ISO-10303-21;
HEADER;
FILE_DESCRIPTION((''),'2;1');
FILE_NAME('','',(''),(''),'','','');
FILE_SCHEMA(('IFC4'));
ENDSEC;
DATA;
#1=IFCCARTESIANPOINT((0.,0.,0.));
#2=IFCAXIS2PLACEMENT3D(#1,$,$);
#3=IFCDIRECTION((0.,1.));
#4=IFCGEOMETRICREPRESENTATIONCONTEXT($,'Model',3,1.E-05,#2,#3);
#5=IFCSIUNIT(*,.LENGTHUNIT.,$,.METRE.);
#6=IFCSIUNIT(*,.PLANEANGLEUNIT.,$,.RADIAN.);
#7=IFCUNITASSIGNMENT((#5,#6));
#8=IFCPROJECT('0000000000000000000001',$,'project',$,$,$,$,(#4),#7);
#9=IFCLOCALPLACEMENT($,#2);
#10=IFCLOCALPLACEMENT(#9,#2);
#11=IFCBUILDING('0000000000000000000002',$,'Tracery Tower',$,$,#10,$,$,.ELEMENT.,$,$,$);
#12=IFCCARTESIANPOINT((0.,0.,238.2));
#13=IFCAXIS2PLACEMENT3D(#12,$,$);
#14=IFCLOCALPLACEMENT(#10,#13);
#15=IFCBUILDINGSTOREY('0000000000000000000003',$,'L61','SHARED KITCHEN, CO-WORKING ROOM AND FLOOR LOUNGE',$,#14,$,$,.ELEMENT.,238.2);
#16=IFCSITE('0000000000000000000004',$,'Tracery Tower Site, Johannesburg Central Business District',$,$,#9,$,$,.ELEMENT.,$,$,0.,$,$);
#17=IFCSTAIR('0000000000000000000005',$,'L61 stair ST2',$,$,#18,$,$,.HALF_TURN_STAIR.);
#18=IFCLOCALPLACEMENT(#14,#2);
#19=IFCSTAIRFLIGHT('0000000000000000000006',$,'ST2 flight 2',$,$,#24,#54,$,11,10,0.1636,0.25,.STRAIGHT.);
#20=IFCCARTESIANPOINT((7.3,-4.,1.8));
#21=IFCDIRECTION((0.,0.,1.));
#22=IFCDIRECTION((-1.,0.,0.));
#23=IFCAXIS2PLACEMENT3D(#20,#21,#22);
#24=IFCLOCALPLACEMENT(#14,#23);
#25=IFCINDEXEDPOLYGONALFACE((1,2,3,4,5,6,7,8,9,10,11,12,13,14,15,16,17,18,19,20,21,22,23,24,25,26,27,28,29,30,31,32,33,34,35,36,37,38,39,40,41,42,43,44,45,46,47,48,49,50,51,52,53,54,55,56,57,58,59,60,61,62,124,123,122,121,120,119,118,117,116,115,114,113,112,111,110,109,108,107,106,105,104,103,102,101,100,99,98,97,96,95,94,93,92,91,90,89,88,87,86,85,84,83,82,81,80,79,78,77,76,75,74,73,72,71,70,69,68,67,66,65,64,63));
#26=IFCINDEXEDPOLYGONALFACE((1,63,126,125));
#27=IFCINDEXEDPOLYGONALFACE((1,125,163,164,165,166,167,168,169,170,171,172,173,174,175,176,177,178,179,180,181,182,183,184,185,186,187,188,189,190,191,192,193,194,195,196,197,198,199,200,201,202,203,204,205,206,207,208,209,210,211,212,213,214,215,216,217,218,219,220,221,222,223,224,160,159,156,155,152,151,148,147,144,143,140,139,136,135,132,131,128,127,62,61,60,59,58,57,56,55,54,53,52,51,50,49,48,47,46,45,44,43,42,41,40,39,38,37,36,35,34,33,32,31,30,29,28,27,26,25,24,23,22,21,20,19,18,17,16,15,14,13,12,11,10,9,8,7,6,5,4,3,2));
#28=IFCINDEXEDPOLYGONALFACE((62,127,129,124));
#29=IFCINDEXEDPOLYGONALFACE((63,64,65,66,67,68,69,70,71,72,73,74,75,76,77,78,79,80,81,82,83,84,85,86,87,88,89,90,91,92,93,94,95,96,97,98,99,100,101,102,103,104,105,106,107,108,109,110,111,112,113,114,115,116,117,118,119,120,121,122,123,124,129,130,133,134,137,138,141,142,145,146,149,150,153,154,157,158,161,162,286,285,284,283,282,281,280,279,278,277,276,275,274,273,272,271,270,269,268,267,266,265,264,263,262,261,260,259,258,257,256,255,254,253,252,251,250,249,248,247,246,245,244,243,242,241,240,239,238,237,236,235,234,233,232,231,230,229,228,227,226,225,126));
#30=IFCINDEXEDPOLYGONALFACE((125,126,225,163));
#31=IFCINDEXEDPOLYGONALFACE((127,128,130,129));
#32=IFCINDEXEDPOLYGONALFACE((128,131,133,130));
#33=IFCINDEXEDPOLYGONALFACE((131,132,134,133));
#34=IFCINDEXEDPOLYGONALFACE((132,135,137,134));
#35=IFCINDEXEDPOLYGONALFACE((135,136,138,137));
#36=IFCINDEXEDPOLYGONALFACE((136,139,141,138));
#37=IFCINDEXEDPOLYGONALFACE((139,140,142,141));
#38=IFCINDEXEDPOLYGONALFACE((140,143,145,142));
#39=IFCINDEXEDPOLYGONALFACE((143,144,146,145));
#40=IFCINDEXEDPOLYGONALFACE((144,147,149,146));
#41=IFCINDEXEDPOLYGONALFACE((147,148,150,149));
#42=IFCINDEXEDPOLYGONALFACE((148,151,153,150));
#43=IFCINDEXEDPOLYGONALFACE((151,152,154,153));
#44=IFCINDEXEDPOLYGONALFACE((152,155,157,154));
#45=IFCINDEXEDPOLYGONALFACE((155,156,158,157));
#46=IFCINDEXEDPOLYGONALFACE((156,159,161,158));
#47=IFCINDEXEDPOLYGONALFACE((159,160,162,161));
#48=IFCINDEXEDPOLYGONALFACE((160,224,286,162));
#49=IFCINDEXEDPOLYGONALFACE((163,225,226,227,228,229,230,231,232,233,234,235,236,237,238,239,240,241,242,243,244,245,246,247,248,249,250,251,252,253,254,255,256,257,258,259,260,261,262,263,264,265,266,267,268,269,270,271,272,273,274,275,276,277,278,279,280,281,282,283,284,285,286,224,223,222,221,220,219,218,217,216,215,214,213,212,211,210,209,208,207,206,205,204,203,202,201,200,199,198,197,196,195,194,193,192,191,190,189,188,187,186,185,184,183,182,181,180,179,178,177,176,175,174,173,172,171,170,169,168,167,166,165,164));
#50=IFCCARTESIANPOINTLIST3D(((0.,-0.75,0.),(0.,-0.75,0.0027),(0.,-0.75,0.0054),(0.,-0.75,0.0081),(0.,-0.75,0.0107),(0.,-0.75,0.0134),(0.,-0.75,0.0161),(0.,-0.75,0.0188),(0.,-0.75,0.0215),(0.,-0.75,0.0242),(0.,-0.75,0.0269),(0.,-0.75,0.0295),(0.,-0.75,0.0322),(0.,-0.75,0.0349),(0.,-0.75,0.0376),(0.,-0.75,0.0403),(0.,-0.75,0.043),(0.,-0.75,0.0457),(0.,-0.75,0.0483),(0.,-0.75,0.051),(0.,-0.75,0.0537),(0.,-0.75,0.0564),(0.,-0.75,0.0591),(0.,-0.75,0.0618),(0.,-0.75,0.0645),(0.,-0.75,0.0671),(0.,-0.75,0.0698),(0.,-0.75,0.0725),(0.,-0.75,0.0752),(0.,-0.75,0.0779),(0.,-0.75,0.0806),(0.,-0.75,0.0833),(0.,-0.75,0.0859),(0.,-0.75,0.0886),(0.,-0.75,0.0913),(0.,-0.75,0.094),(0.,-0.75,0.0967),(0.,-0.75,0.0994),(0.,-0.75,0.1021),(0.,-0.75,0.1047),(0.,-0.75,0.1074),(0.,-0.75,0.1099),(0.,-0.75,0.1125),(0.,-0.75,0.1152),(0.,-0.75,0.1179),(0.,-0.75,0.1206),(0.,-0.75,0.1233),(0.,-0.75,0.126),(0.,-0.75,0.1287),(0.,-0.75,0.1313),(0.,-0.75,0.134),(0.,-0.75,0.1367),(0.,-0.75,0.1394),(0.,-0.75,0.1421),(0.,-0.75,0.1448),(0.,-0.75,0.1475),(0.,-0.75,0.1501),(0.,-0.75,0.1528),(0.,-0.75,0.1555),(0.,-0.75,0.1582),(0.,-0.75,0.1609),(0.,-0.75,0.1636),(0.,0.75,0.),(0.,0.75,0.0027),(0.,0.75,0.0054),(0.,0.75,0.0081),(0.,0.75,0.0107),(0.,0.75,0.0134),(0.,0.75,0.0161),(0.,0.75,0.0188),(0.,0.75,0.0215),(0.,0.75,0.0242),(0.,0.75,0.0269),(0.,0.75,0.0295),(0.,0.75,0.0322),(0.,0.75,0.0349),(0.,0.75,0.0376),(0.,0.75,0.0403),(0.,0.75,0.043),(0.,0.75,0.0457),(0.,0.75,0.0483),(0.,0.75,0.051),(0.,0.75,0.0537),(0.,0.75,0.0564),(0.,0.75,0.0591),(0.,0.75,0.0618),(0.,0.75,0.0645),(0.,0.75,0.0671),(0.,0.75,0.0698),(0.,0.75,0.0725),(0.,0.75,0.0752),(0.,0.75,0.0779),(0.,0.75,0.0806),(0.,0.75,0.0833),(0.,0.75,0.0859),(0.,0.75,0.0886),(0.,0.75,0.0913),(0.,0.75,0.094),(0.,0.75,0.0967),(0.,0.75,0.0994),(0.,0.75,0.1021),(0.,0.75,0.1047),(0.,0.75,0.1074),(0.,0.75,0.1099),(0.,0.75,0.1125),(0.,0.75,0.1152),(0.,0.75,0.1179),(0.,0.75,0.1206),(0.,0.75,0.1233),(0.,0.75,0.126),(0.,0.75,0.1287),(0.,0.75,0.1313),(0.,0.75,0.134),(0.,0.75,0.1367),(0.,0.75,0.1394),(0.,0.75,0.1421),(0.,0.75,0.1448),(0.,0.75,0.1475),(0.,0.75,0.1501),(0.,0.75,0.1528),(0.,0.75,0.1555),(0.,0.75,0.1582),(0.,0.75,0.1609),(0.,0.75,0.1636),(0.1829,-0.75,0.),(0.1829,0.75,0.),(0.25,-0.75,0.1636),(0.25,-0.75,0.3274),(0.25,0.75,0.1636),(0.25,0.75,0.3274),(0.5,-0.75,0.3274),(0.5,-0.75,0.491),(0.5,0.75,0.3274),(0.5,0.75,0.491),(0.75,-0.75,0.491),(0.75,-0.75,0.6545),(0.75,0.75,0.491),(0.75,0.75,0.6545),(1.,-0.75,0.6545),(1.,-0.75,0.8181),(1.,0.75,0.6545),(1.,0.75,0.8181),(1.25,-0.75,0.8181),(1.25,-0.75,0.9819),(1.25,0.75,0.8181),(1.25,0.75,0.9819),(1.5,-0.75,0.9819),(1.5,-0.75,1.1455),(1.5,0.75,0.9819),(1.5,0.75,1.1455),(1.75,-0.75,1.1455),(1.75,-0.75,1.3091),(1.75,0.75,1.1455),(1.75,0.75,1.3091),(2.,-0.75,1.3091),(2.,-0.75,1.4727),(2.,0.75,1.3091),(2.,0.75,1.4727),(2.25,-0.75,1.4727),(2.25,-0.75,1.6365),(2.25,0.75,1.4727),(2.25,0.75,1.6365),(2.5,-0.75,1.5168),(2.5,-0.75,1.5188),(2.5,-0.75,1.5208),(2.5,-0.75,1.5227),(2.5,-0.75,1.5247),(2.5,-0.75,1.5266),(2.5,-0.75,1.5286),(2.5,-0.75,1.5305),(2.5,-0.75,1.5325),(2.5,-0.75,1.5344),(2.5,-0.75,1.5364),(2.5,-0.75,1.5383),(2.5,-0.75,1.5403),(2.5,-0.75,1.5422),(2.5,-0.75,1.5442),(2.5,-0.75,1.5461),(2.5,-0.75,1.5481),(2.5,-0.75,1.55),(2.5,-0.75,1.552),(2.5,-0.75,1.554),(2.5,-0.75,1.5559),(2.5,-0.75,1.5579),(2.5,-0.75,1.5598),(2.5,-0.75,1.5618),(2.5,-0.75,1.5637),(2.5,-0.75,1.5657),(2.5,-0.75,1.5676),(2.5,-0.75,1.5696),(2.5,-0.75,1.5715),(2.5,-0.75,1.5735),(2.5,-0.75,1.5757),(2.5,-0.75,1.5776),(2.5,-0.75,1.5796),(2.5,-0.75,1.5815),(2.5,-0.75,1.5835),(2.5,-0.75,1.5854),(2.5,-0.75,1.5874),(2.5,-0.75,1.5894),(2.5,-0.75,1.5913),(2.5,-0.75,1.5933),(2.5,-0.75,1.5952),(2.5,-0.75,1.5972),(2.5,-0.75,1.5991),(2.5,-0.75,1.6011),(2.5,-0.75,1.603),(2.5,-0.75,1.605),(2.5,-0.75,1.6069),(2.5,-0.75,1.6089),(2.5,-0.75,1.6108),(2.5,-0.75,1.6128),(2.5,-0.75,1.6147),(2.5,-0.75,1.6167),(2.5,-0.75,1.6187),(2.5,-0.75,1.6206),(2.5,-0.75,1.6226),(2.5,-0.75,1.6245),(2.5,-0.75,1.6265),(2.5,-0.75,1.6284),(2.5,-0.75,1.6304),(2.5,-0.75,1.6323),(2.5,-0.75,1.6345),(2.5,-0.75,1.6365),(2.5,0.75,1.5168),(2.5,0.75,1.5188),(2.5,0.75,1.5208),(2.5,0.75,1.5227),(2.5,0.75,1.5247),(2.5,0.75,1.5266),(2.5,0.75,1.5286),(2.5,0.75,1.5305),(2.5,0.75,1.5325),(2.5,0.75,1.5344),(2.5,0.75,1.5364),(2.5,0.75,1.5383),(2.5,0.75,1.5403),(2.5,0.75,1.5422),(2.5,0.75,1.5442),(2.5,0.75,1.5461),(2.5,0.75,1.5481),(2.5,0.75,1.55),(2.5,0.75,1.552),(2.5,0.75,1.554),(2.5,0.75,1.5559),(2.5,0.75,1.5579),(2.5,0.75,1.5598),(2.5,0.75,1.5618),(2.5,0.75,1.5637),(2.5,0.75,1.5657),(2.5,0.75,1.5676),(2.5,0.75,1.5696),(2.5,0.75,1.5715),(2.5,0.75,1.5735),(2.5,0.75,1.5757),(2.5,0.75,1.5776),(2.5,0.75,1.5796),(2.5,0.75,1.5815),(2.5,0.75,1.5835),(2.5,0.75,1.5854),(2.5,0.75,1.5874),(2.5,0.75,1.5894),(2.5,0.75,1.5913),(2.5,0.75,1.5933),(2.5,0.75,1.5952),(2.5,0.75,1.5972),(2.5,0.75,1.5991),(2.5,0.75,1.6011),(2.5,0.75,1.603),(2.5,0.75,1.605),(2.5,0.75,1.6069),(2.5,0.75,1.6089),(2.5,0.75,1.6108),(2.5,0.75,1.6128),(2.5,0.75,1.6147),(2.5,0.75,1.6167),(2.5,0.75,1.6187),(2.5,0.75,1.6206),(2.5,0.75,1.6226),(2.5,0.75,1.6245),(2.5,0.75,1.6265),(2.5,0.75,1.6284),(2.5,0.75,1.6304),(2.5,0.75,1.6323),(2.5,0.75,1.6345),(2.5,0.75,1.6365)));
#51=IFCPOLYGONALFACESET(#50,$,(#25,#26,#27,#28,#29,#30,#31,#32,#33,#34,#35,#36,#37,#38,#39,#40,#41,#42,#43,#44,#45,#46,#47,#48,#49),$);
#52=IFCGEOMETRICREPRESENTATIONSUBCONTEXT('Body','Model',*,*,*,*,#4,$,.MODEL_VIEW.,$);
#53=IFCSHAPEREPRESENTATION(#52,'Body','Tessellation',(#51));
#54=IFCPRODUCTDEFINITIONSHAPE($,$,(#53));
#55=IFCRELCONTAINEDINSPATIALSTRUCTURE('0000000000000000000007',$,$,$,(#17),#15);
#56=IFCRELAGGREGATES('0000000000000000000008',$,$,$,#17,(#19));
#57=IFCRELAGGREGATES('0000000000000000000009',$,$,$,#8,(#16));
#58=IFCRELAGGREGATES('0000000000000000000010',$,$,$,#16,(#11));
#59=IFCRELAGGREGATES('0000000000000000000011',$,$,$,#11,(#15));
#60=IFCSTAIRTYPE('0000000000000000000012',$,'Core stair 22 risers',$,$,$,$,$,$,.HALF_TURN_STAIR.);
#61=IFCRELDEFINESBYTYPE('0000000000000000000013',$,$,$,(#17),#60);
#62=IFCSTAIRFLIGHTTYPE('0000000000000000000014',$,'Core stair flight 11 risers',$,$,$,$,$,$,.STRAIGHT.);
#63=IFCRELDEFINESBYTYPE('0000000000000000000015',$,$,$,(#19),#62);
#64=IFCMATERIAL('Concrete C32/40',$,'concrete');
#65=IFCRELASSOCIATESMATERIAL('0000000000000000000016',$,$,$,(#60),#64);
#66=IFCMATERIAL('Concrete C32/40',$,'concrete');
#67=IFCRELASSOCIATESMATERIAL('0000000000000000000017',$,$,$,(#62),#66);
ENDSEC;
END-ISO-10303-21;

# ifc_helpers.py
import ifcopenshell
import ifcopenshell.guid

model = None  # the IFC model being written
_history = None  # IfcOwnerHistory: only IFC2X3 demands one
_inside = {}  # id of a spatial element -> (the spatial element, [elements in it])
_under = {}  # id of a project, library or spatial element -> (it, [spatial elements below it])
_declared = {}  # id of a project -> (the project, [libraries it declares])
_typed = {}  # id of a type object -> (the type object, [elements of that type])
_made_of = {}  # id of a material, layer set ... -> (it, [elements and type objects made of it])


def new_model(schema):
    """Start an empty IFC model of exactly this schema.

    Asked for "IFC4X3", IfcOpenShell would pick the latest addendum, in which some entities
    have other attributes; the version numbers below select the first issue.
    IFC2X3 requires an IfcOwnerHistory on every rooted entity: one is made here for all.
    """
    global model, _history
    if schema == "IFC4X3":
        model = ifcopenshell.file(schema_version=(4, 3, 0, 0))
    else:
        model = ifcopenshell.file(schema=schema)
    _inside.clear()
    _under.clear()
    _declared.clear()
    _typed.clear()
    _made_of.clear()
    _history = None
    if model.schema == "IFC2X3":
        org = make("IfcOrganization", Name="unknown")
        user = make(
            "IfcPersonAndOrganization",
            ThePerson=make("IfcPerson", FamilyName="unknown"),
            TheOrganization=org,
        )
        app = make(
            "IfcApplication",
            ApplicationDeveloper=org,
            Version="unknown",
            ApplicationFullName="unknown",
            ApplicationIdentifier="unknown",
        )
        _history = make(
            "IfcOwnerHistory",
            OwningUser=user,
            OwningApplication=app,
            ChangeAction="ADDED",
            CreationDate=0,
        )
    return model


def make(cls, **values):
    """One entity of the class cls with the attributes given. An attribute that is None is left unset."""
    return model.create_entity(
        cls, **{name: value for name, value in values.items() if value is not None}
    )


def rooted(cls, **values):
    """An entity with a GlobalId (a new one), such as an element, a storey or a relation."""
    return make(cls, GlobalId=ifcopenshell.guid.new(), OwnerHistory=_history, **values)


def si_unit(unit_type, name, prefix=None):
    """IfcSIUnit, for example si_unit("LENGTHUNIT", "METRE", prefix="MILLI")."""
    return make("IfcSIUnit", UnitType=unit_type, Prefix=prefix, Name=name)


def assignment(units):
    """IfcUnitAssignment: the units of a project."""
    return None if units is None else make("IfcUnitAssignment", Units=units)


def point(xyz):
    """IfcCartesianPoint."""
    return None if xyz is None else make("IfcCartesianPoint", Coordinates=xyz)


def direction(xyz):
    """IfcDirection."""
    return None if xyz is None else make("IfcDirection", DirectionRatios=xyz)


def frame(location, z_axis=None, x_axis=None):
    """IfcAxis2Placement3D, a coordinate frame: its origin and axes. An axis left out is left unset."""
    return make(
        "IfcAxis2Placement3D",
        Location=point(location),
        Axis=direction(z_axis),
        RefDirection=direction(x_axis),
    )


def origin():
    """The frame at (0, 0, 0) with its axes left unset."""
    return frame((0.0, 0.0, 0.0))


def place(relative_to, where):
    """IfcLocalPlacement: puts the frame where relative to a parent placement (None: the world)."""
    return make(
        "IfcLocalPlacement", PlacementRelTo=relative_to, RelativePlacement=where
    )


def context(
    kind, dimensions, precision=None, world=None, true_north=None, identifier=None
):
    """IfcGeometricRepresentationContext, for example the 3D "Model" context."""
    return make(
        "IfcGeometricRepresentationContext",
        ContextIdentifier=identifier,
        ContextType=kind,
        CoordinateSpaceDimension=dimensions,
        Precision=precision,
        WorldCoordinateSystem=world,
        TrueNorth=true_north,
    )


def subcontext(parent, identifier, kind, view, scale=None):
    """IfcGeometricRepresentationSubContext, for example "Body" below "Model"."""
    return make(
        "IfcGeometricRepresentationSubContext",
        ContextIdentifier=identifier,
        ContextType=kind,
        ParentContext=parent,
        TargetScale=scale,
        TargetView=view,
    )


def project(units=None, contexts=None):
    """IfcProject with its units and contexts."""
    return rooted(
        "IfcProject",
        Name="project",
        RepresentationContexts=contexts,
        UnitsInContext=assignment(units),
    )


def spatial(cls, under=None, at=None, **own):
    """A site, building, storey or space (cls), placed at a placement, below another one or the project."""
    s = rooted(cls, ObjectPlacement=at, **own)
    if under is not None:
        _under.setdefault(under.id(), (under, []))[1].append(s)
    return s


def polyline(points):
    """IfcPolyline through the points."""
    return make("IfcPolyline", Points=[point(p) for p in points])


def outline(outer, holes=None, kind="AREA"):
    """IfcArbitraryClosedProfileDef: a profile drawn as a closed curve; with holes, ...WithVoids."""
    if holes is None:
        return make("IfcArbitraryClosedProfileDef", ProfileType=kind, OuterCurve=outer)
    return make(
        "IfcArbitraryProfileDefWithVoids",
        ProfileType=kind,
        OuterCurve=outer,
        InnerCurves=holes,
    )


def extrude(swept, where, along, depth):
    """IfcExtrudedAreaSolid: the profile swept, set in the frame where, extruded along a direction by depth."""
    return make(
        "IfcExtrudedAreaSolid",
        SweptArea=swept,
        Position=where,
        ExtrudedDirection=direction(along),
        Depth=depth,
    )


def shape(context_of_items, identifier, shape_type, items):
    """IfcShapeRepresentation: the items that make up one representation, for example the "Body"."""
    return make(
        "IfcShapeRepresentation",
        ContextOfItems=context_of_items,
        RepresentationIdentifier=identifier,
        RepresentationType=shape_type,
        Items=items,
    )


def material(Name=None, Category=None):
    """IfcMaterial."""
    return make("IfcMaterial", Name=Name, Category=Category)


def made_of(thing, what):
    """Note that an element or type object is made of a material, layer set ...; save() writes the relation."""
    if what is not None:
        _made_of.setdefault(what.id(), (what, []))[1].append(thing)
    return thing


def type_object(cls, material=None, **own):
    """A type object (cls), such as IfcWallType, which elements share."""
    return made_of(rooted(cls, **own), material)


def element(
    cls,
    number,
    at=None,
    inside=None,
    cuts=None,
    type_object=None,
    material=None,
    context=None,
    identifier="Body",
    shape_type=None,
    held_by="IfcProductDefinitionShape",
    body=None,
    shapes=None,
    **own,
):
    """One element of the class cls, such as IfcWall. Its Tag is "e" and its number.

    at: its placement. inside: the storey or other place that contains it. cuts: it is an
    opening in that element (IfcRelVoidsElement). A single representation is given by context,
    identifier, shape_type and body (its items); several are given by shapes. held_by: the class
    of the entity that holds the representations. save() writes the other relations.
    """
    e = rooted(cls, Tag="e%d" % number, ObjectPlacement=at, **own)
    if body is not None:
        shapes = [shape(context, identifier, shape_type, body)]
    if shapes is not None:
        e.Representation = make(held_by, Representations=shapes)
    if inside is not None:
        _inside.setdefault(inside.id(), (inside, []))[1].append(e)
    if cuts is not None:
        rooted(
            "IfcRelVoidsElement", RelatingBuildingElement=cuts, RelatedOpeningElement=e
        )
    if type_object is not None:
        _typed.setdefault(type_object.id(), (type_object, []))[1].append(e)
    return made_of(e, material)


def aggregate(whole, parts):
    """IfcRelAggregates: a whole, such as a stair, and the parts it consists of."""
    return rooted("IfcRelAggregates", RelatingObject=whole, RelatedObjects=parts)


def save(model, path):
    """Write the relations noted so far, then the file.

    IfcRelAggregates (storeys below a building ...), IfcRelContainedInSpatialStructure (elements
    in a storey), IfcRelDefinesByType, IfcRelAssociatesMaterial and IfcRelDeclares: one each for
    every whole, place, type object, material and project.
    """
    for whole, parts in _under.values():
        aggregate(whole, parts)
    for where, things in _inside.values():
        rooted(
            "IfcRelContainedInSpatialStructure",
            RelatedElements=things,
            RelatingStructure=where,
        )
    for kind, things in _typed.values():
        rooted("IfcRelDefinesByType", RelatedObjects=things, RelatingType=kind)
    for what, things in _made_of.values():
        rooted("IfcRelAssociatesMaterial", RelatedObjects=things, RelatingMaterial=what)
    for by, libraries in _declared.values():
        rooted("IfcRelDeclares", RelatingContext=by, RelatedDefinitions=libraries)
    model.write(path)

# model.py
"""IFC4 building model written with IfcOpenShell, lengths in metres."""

from ifc_helpers import new_model, si_unit, direction, frame, origin, place, context, subcontext, project, spatial, polyline, outline, extrude, material, type_object, element, aggregate, save


model = new_model("IFC4")

# Units and contexts
model_context = context("Model", 3, precision=1e-05, world=origin(), true_north=direction((0.0, 1.0)))
body_context = subcontext(model_context, "Body", "Model", "MODEL_VIEW")
ifc_project = project(units=[si_unit("LENGTHUNIT", "METRE"), si_unit("PLANEANGLEUNIT", "RADIAN")], contexts=[model_context])

# Site, building, storey
site_placement = place(None, origin())
site = spatial("IfcSite", under=ifc_project, at=site_placement, Name="Tracery Tower Site, Johannesburg Central Business District", CompositionType="ELEMENT", RefElevation=0.0)
building_placement = place(site_placement, origin())
building = spatial("IfcBuilding", under=site, at=building_placement, Name="Tracery Tower", CompositionType="ELEMENT")
storey_placement = place(building_placement, frame((0.0, 0.0, 238.2)))
storey = spatial("IfcBuildingStorey", under=building, at=storey_placement, Name="L61", Description="SHARED KITCHEN, CO-WORKING ROOM AND FLOOR LOUNGE", CompositionType="ELEMENT", Elevation=238.2)

# Stair, stair flight
ifc_material_1 = material(Name="Concrete C32/40", Category="concrete")
stair_type = type_object("IfcStairType", Name="Core stair 22 risers", PredefinedType="HALF_TURN_STAIR", material=ifc_material_1)
stair_placement = place(storey_placement, origin())
stair = element("IfcStair", 1, at=stair_placement, inside=storey, type_object=stair_type, Name="L61 stair ST2", PredefinedType="HALF_TURN_STAIR")
ifc_material_2 = material(Name="Concrete C32/40", Category="concrete")
stair_flight_type = type_object("IfcStairFlightType", Name="Core stair flight 11 risers", PredefinedType="STRAIGHT", material=ifc_material_2)
stair_flight_placement = place(storey_placement, frame((7.3, -4.0, 1.8), z_axis=(0.0, 0.0, 1.0), x_axis=(-1.0, 0.0, 0.0)))
stair_flight = element("IfcStairFlight", 2, at=stair_flight_placement, type_object=stair_flight_type, Name="ST2 flight 2", NumberOfRisers=11, NumberOfTreads=10, PredefinedType="STRAIGHT", RiserHeight=0.1636, TreadLength=0.25, context=body_context, shape_type="SweptSolid", body=[
    extrude(outline(polyline([(0.0, 0.0), (0.0, 0.0027), (0.0, 0.0054), (0.0, 0.0081), (0.0, 0.0107), (0.0, 0.0134), (0.0, 0.0161), (0.0, 0.0188), (0.0, 0.0215), (0.0, 0.0242), (0.0, 0.0269), (0.0, 0.0295), (0.0, 0.0322), (0.0, 0.0349), (0.0, 0.0376), (0.0, 0.0403), (0.0, 0.043), (0.0, 0.0457), (0.0, 0.0483), (0.0, 0.051), (0.0, 0.0537), (0.0, 0.0564), (0.0, 0.0591), (0.0, 0.0618), (0.0, 0.0645), (0.0, 0.0671), (0.0, 0.0698), (0.0, 0.0725), (0.0, 0.0752), (0.0, 0.0779), (0.0, 0.0806), (0.0, 0.0833), (0.0, 0.0859), (0.0, 0.0886), (0.0, 0.0913), (0.0, 0.094), (0.0, 0.0967), (0.0, 0.0994), (0.0, 0.1021), (0.0, 0.1047), (0.0, 0.1074), (0.0, 0.1099), (0.0, 0.1125), (0.0, 0.1152), (0.0, 0.1179), (0.0, 0.1206), (0.0, 0.1233), (0.0, 0.126), (0.0, 0.1287), (0.0, 0.1313), (0.0, 0.134), (0.0, 0.1367), (0.0, 0.1394), (0.0, 0.1421), (0.0, 0.1448), (0.0, 0.1475), (0.0, 0.1501), (0.0, 0.1528), (0.0, 0.1555), (0.0, 0.1582), (0.0, 0.1609), (0.0, 0.1636), (0.25, 0.1636), (0.25, 0.3274), (0.5, 0.3274), (0.5, 0.491), (0.75, 0.491), (0.75, 0.6545), (1.0, 0.6545), (1.0, 0.8181), (1.25, 0.8181), (1.25, 0.9819), (1.5, 0.9819), (1.5, 1.1455), (1.75, 1.1455), (1.75, 1.3091), (2.0, 1.3091), (2.0, 1.4727), (2.25, 1.4727), (2.25, 1.6365), (2.5, 1.6365), (2.5, 1.6345), (2.5, 1.6323), (2.5, 1.6304), (2.5, 1.6284), (2.5, 1.6265), (2.5, 1.6245), (2.5, 1.6226), (2.5, 1.6206), (2.5, 1.6187), (2.5, 1.6167), (2.5, 1.6147), (2.5, 1.6128), (2.5, 1.6108), (2.5, 1.6089), (2.5, 1.6069), (2.5, 1.605), (2.5, 1.603), (2.5, 1.6011), (2.5, 1.5991), (2.5, 1.5972), (2.5, 1.5952), (2.5, 1.5933), (2.5, 1.5913), (2.5, 1.5894), (2.5, 1.5874), (2.5, 1.5854), (2.5, 1.5835), (2.5, 1.5815), (2.5, 1.5796), (2.5, 1.5776), (2.5, 1.5757), (2.5, 1.5735), (2.5, 1.5715), (2.5, 1.5696), (2.5, 1.5676), (2.5, 1.5657), (2.5, 1.5637), (2.5, 1.5618), (2.5, 1.5598), (2.5, 1.5579), (2.5, 1.5559), (2.5, 1.554), (2.5, 1.552), (2.5, 1.55), (2.5, 1.5481), (2.5, 1.5461), (2.5, 1.5442), (2.5, 1.5422), (2.5, 1.5403), (2.5, 1.5383), (2.5, 1.5364), (2.5, 1.5344), (2.5, 1.5325), (2.5, 1.5305), (2.5, 1.5286), (2.5, 1.5266), (2.5, 1.5247), (2.5, 1.5227), (2.5, 1.5208), (2.5, 1.5188), (2.5, 1.5168), (0.1829, 0.0), (0.0, 0.0)])), frame((0.0, 0.75, 0.0), z_axis=(0.0, -1.0, 0.0), x_axis=(1.0, 0.0, 0.0)), (0.0, 0.0, 1.0), 1.5),
])
aggregate(stair, [stair_flight])

save(model, "model.ifc")
